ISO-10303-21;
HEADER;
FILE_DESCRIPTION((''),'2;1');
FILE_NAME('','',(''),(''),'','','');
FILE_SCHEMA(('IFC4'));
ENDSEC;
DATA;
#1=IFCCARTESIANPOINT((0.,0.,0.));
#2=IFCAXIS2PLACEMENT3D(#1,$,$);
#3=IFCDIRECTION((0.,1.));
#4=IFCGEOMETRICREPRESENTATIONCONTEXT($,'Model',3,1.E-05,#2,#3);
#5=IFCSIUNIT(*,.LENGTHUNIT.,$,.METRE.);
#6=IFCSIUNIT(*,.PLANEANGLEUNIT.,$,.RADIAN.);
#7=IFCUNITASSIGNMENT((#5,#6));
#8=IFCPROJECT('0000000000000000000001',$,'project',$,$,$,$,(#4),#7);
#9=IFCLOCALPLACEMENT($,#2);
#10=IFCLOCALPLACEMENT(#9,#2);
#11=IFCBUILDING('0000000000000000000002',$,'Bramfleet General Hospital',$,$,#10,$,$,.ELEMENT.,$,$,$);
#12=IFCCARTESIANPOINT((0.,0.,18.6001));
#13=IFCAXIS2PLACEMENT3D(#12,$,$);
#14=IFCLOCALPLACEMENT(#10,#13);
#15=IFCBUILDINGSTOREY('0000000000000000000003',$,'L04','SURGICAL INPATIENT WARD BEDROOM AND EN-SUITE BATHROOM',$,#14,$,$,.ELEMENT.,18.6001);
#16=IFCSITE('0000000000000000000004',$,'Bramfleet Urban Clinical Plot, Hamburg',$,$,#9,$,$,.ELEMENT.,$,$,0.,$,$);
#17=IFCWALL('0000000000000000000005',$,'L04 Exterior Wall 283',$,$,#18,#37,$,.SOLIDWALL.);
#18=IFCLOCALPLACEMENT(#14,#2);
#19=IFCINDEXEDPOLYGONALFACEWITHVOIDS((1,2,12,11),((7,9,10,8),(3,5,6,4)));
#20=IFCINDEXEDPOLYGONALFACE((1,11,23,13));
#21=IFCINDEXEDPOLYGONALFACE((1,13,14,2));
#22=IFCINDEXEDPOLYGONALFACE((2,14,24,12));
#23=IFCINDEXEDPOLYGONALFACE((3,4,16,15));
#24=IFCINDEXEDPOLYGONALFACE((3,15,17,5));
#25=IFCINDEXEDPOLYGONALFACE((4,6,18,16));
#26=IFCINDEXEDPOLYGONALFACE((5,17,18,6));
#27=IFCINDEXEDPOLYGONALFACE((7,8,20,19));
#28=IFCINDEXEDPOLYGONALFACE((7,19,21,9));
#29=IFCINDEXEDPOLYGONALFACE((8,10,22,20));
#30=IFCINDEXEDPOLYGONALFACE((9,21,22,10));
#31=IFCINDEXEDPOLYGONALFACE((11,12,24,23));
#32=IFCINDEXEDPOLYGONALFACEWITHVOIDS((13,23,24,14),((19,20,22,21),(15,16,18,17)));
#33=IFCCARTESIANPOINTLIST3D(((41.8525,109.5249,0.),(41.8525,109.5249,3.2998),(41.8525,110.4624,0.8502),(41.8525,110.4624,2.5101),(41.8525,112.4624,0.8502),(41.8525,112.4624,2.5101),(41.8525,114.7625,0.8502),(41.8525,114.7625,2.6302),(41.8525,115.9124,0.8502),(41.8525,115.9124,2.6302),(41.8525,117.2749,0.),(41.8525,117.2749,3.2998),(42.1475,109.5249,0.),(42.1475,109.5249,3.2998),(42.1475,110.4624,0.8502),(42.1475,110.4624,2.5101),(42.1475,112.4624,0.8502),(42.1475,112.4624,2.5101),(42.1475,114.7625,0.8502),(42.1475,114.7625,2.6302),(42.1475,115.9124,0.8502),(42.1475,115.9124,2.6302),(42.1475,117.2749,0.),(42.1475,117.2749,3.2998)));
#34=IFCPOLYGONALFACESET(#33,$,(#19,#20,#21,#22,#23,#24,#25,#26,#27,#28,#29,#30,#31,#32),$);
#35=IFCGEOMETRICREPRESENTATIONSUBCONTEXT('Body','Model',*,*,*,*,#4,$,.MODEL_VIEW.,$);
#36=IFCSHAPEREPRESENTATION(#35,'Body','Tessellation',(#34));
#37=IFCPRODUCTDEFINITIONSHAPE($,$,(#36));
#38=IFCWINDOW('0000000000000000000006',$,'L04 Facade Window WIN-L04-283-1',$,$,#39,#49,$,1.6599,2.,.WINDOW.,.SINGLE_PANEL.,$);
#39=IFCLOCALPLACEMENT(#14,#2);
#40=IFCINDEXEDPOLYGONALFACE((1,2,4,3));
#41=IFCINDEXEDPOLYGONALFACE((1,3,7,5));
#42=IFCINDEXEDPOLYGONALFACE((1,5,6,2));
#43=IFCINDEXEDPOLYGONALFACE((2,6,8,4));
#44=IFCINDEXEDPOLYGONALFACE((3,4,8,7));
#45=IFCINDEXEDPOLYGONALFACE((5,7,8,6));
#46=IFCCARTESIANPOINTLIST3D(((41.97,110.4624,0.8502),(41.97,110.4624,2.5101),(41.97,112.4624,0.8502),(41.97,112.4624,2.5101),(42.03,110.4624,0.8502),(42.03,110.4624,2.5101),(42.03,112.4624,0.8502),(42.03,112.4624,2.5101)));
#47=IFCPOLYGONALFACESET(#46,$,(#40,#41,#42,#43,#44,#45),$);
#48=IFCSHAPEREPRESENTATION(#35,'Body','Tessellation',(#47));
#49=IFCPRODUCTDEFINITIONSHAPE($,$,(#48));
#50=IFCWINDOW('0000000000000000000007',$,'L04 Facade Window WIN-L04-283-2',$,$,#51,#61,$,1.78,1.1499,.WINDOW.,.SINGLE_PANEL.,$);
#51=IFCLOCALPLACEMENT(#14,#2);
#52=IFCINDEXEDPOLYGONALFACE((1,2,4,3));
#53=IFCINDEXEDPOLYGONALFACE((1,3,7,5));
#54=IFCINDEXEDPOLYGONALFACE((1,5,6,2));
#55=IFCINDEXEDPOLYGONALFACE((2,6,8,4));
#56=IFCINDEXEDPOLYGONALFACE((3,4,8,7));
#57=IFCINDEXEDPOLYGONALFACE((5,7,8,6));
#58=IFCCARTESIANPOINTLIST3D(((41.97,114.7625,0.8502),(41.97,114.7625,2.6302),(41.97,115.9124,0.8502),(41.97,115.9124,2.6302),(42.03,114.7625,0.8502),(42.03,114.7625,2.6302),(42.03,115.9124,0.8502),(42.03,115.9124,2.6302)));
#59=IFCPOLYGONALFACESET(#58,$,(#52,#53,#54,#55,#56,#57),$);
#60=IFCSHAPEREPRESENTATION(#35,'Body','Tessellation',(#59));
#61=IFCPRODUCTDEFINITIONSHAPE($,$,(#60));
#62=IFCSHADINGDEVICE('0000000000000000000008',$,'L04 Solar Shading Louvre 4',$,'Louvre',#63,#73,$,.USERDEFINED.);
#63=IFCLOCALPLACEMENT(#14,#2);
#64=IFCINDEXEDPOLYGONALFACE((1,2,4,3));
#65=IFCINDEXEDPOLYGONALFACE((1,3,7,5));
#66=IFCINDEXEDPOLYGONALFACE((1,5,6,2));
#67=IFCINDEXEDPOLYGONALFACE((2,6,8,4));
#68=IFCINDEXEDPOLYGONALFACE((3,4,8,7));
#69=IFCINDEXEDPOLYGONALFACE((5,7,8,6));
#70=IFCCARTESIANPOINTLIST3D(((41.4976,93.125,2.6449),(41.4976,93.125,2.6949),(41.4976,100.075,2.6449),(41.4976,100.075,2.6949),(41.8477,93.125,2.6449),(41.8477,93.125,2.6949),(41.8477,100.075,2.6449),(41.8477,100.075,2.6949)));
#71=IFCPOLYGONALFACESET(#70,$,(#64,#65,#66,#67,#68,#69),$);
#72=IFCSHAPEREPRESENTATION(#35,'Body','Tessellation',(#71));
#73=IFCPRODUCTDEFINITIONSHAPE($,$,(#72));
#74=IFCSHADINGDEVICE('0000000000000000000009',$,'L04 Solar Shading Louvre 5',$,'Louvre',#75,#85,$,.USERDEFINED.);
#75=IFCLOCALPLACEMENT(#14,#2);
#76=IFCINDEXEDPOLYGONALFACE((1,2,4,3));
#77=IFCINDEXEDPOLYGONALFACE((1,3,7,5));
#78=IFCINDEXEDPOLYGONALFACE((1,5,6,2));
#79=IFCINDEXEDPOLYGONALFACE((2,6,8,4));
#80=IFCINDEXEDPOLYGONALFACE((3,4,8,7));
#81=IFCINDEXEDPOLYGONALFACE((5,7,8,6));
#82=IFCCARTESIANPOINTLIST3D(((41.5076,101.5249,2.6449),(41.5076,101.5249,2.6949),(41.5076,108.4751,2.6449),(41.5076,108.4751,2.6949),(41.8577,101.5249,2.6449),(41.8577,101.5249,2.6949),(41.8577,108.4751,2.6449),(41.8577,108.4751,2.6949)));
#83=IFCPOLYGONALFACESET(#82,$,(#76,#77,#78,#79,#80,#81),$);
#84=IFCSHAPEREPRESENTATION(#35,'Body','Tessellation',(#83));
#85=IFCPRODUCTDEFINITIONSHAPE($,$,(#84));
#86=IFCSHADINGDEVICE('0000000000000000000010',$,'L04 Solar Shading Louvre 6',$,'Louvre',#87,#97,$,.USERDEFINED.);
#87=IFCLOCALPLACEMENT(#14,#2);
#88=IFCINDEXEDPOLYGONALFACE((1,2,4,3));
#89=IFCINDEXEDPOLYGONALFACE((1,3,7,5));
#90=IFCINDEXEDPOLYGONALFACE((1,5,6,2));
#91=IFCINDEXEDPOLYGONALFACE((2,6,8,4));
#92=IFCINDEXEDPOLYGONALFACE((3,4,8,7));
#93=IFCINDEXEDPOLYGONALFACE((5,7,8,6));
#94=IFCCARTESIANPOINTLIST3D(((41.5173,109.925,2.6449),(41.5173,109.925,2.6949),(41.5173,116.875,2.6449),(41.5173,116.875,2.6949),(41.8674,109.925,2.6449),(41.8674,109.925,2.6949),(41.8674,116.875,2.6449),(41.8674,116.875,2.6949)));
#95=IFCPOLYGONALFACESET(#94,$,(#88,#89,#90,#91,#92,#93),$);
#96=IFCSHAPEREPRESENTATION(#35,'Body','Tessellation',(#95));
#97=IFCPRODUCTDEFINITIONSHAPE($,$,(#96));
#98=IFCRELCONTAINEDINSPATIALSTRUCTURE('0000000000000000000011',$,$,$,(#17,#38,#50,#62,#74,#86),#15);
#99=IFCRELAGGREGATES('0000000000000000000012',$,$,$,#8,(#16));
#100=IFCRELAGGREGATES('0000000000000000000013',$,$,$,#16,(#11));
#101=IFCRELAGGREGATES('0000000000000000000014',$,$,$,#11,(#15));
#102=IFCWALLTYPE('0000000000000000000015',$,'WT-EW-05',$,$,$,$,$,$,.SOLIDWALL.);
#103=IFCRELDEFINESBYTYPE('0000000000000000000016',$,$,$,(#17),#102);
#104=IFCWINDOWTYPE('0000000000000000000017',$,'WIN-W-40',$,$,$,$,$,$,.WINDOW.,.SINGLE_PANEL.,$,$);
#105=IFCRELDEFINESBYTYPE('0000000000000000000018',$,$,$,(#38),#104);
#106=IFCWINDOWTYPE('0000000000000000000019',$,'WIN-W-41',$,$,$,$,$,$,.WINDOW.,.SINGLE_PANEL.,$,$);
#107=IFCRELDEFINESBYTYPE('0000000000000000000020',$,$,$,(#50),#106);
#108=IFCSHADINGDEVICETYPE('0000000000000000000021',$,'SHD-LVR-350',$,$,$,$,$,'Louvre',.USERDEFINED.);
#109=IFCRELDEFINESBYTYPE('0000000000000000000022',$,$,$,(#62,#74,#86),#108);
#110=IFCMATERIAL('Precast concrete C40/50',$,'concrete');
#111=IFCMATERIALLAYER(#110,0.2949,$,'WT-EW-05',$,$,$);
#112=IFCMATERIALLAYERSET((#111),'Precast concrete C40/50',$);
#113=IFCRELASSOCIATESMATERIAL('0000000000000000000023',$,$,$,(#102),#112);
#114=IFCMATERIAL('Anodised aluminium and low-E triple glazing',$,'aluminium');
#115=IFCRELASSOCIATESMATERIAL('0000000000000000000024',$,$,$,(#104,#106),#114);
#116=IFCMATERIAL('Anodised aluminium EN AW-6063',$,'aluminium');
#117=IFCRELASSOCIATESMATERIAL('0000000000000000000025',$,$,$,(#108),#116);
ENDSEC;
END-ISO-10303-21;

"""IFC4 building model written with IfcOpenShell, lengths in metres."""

from ifc_helpers import new_model, si_unit, direction, frame, frame_2d, origin, origin_2d, place, context, subcontext, project, spatial, rectangle, extrude, material, layer, layer_set, material_profile, profile_set, type_object, element, fill, save


model = new_model("IFC4")

# Units and contexts
model_context = context("Model", 3, precision=1e-05, world=origin(), true_north=direction((0.0, 1.0)))
body_context = subcontext(model_context, "Body", "Model", "MODEL_VIEW")
ifc_project = project(units=[si_unit("LENGTHUNIT", "METRE"), si_unit("PLANEANGLEUNIT", "RADIAN")], contexts=[model_context])

# Site, building, storey
site_placement = place(None, origin())
site = spatial("IfcSite", under=ifc_project, at=site_placement, Name="Bramfleet Urban Clinical Plot, Hamburg", CompositionType="ELEMENT", RefElevation=0.0)
building_placement = place(site_placement, origin())
building = spatial("IfcBuilding", under=site, at=building_placement, Name="Bramfleet General Hospital", CompositionType="ELEMENT")
storey_placement = place(building_placement, frame((0.0, 0.0, 18.6001)))
storey = spatial("IfcBuildingStorey", under=building, at=storey_placement, Name="L04", Description="SURGICAL INPATIENT WARD BEDROOM AND EN-SUITE BATHROOM", CompositionType="ELEMENT", Elevation=18.6001)

# Wall, openings, windows
ifc_material_1 = material(Name="Precast concrete C40/50", Category="concrete")
ifc_material_2 = material(Name="Anodised aluminium and low-E triple glazing", Category="aluminium")
ifc_layer_1 = layer(ifc_material_1, 0.2949, Name="WT-EW-05")
ifc_layer_set_1 = layer_set([ifc_layer_1], Name="Precast concrete C40/50")
wall_type_1 = type_object("IfcWallType", Name="WT-EW-05", PredefinedType="SOLIDWALL", material=ifc_layer_set_1)
wall_1_placement = place(storey_placement, frame((42.0, 109.5249, 0.0), z_axis=(0.0, 0.0, 1.0), x_axis=(0.0, 1.0, 0.0)))
wall_1 = element("IfcWall", 1, at=wall_1_placement, inside=storey, type_object=wall_type_1, Name="L04 Exterior Wall 283", PredefinedType="SOLIDWALL", context=body_context, shape_type="SweptSolid", body=[
    extrude(rectangle(XDim=7.75, YDim=0.2949, at=frame_2d((3.875, 0.0))), origin(), (0.0, 0.0, 1.0), 3.2998),
])
opening_1_placement = place(wall_1_placement, frame((0.9375, 0.0, 0.8501)))
opening_1 = element("IfcOpeningElement", 2, at=opening_1_placement, cuts=wall_1, PredefinedType="OPENING", context=body_context, shape_type="SweptSolid", body=[
    extrude(rectangle(XDim=2.0, YDim=1.6599, at=frame_2d((1.0, 0.8301))), frame((0.0, 0.1575, 0.0), z_axis=(0.0, -1.0, 0.0), x_axis=(1.0, 0.0, 0.0)), (0.0, 0.0, 1.0), 0.3149),
])
opening_2_placement = place(wall_1_placement, frame((5.2375, 0.0, 0.8501)))
opening_2 = element("IfcOpeningElement", 3, at=opening_2_placement, cuts=wall_1, PredefinedType="OPENING", context=body_context, shape_type="SweptSolid", body=[
    extrude(rectangle(XDim=1.1499, YDim=1.78, at=frame_2d((0.575, 0.8901))), frame((0.0, 0.1575, 0.0), z_axis=(0.0, -1.0, 0.0), x_axis=(1.0, 0.0, 0.0)), (0.0, 0.0, 1.0), 0.3149),
])
window_type_1 = type_object("IfcWindowType", Name="WIN-W-40", PartitioningType="SINGLE_PANEL", PredefinedType="WINDOW", material=ifc_material_2)
window_1_placement = place(opening_1_placement, origin())
window_1 = element("IfcWindow", 4, at=window_1_placement, inside=storey, type_object=window_type_1, Name="L04 Facade Window WIN-L04-283-1", OverallHeight=1.6599, OverallWidth=2.0, PartitioningType="SINGLE_PANEL", PredefinedType="WINDOW", context=body_context, shape_type="SweptSolid", body=[
    extrude(rectangle(XDim=2.0, YDim=1.6599, at=frame_2d((1.0, 0.8301))), frame((0.0, 0.03, 0.0), z_axis=(0.0, -1.0, 0.0), x_axis=(1.0, 0.0, 0.0)), (0.0, 0.0, 1.0), 0.0601),
])
fill(opening_1, window_1)
window_type_2 = type_object("IfcWindowType", Name="WIN-W-41", PartitioningType="SINGLE_PANEL", PredefinedType="WINDOW", material=ifc_material_2)
window_2_placement = place(opening_2_placement, origin())
window_2 = element("IfcWindow", 5, at=window_2_placement, inside=storey, type_object=window_type_2, Name="L04 Facade Window WIN-L04-283-2", OverallHeight=1.78, OverallWidth=1.1499, PartitioningType="SINGLE_PANEL", PredefinedType="WINDOW", context=body_context, shape_type="SweptSolid", body=[
    extrude(rectangle(XDim=1.1499, YDim=1.78, at=frame_2d((0.575, 0.8901))), frame((0.0, 0.03, 0.0), z_axis=(0.0, -1.0, 0.0), x_axis=(1.0, 0.0, 0.0)), (0.0, 0.0, 1.0), 0.0601),
])
fill(opening_2, window_2)

# Shading devices
ifc_material_3 = material(Name="Anodised aluminium EN AW-6063", Category="aluminium")
ifc_material_profile_1 = material_profile(ifc_material_3, rectangle(XDim=0.05, YDim=0.3501, at=origin_2d()), Name="ALU LOUVRE 350x50")
ifc_profile_set_1 = profile_set([ifc_material_profile_1], Name="Anodised aluminium EN AW-6063")
shading_device_type = type_object("IfcShadingDeviceType", Name="SHD-LVR-350", ElementType="Louvre", PredefinedType="USERDEFINED", material=ifc_profile_set_1)
shading_device_1_placement = place(storey_placement, frame((41.6726, 93.125, 2.6699), z_axis=(0.0, 1.0, 0.0), x_axis=(0.0, 0.0, 1.0)))
element("IfcShadingDevice", 6, at=shading_device_1_placement, inside=storey, type_object=shading_device_type, Name="L04 Solar Shading Louvre 4", ObjectType="Louvre", PredefinedType="USERDEFINED", context=body_context, shape_type="SweptSolid", body=[
    extrude(rectangle(XDim=0.05, YDim=0.3501, at=origin_2d()), origin(), (0.0, 0.0, 1.0), 6.95),
])
shading_device_2_placement = place(storey_placement, frame((41.6826, 101.5249, 2.6699), z_axis=(0.0, 1.0, 0.0), x_axis=(0.0, 0.0, 1.0)))
element("IfcShadingDevice", 7, at=shading_device_2_placement, inside=storey, type_object=shading_device_type, Name="L04 Solar Shading Louvre 5", ObjectType="Louvre", PredefinedType="USERDEFINED", context=body_context, shape_type="SweptSolid", body=[
    extrude(rectangle(XDim=0.05, YDim=0.3501, at=origin_2d()), origin(), (0.0, 0.0, 1.0), 6.9502),
])
shading_device_3_placement = place(storey_placement, frame((41.6924, 109.925, 2.6699), z_axis=(0.0, 1.0, 0.0), x_axis=(0.0, 0.0, 1.0)))
element("IfcShadingDevice", 8, at=shading_device_3_placement, inside=storey, type_object=shading_device_type, Name="L04 Solar Shading Louvre 6", ObjectType="Louvre", PredefinedType="USERDEFINED", context=body_context, shape_type="SweptSolid", body=[
    extrude(rectangle(XDim=0.05, YDim=0.3501, at=origin_2d()), origin(), (0.0, 0.0, 1.0), 6.95),
])

save(model, "model.ifc")
